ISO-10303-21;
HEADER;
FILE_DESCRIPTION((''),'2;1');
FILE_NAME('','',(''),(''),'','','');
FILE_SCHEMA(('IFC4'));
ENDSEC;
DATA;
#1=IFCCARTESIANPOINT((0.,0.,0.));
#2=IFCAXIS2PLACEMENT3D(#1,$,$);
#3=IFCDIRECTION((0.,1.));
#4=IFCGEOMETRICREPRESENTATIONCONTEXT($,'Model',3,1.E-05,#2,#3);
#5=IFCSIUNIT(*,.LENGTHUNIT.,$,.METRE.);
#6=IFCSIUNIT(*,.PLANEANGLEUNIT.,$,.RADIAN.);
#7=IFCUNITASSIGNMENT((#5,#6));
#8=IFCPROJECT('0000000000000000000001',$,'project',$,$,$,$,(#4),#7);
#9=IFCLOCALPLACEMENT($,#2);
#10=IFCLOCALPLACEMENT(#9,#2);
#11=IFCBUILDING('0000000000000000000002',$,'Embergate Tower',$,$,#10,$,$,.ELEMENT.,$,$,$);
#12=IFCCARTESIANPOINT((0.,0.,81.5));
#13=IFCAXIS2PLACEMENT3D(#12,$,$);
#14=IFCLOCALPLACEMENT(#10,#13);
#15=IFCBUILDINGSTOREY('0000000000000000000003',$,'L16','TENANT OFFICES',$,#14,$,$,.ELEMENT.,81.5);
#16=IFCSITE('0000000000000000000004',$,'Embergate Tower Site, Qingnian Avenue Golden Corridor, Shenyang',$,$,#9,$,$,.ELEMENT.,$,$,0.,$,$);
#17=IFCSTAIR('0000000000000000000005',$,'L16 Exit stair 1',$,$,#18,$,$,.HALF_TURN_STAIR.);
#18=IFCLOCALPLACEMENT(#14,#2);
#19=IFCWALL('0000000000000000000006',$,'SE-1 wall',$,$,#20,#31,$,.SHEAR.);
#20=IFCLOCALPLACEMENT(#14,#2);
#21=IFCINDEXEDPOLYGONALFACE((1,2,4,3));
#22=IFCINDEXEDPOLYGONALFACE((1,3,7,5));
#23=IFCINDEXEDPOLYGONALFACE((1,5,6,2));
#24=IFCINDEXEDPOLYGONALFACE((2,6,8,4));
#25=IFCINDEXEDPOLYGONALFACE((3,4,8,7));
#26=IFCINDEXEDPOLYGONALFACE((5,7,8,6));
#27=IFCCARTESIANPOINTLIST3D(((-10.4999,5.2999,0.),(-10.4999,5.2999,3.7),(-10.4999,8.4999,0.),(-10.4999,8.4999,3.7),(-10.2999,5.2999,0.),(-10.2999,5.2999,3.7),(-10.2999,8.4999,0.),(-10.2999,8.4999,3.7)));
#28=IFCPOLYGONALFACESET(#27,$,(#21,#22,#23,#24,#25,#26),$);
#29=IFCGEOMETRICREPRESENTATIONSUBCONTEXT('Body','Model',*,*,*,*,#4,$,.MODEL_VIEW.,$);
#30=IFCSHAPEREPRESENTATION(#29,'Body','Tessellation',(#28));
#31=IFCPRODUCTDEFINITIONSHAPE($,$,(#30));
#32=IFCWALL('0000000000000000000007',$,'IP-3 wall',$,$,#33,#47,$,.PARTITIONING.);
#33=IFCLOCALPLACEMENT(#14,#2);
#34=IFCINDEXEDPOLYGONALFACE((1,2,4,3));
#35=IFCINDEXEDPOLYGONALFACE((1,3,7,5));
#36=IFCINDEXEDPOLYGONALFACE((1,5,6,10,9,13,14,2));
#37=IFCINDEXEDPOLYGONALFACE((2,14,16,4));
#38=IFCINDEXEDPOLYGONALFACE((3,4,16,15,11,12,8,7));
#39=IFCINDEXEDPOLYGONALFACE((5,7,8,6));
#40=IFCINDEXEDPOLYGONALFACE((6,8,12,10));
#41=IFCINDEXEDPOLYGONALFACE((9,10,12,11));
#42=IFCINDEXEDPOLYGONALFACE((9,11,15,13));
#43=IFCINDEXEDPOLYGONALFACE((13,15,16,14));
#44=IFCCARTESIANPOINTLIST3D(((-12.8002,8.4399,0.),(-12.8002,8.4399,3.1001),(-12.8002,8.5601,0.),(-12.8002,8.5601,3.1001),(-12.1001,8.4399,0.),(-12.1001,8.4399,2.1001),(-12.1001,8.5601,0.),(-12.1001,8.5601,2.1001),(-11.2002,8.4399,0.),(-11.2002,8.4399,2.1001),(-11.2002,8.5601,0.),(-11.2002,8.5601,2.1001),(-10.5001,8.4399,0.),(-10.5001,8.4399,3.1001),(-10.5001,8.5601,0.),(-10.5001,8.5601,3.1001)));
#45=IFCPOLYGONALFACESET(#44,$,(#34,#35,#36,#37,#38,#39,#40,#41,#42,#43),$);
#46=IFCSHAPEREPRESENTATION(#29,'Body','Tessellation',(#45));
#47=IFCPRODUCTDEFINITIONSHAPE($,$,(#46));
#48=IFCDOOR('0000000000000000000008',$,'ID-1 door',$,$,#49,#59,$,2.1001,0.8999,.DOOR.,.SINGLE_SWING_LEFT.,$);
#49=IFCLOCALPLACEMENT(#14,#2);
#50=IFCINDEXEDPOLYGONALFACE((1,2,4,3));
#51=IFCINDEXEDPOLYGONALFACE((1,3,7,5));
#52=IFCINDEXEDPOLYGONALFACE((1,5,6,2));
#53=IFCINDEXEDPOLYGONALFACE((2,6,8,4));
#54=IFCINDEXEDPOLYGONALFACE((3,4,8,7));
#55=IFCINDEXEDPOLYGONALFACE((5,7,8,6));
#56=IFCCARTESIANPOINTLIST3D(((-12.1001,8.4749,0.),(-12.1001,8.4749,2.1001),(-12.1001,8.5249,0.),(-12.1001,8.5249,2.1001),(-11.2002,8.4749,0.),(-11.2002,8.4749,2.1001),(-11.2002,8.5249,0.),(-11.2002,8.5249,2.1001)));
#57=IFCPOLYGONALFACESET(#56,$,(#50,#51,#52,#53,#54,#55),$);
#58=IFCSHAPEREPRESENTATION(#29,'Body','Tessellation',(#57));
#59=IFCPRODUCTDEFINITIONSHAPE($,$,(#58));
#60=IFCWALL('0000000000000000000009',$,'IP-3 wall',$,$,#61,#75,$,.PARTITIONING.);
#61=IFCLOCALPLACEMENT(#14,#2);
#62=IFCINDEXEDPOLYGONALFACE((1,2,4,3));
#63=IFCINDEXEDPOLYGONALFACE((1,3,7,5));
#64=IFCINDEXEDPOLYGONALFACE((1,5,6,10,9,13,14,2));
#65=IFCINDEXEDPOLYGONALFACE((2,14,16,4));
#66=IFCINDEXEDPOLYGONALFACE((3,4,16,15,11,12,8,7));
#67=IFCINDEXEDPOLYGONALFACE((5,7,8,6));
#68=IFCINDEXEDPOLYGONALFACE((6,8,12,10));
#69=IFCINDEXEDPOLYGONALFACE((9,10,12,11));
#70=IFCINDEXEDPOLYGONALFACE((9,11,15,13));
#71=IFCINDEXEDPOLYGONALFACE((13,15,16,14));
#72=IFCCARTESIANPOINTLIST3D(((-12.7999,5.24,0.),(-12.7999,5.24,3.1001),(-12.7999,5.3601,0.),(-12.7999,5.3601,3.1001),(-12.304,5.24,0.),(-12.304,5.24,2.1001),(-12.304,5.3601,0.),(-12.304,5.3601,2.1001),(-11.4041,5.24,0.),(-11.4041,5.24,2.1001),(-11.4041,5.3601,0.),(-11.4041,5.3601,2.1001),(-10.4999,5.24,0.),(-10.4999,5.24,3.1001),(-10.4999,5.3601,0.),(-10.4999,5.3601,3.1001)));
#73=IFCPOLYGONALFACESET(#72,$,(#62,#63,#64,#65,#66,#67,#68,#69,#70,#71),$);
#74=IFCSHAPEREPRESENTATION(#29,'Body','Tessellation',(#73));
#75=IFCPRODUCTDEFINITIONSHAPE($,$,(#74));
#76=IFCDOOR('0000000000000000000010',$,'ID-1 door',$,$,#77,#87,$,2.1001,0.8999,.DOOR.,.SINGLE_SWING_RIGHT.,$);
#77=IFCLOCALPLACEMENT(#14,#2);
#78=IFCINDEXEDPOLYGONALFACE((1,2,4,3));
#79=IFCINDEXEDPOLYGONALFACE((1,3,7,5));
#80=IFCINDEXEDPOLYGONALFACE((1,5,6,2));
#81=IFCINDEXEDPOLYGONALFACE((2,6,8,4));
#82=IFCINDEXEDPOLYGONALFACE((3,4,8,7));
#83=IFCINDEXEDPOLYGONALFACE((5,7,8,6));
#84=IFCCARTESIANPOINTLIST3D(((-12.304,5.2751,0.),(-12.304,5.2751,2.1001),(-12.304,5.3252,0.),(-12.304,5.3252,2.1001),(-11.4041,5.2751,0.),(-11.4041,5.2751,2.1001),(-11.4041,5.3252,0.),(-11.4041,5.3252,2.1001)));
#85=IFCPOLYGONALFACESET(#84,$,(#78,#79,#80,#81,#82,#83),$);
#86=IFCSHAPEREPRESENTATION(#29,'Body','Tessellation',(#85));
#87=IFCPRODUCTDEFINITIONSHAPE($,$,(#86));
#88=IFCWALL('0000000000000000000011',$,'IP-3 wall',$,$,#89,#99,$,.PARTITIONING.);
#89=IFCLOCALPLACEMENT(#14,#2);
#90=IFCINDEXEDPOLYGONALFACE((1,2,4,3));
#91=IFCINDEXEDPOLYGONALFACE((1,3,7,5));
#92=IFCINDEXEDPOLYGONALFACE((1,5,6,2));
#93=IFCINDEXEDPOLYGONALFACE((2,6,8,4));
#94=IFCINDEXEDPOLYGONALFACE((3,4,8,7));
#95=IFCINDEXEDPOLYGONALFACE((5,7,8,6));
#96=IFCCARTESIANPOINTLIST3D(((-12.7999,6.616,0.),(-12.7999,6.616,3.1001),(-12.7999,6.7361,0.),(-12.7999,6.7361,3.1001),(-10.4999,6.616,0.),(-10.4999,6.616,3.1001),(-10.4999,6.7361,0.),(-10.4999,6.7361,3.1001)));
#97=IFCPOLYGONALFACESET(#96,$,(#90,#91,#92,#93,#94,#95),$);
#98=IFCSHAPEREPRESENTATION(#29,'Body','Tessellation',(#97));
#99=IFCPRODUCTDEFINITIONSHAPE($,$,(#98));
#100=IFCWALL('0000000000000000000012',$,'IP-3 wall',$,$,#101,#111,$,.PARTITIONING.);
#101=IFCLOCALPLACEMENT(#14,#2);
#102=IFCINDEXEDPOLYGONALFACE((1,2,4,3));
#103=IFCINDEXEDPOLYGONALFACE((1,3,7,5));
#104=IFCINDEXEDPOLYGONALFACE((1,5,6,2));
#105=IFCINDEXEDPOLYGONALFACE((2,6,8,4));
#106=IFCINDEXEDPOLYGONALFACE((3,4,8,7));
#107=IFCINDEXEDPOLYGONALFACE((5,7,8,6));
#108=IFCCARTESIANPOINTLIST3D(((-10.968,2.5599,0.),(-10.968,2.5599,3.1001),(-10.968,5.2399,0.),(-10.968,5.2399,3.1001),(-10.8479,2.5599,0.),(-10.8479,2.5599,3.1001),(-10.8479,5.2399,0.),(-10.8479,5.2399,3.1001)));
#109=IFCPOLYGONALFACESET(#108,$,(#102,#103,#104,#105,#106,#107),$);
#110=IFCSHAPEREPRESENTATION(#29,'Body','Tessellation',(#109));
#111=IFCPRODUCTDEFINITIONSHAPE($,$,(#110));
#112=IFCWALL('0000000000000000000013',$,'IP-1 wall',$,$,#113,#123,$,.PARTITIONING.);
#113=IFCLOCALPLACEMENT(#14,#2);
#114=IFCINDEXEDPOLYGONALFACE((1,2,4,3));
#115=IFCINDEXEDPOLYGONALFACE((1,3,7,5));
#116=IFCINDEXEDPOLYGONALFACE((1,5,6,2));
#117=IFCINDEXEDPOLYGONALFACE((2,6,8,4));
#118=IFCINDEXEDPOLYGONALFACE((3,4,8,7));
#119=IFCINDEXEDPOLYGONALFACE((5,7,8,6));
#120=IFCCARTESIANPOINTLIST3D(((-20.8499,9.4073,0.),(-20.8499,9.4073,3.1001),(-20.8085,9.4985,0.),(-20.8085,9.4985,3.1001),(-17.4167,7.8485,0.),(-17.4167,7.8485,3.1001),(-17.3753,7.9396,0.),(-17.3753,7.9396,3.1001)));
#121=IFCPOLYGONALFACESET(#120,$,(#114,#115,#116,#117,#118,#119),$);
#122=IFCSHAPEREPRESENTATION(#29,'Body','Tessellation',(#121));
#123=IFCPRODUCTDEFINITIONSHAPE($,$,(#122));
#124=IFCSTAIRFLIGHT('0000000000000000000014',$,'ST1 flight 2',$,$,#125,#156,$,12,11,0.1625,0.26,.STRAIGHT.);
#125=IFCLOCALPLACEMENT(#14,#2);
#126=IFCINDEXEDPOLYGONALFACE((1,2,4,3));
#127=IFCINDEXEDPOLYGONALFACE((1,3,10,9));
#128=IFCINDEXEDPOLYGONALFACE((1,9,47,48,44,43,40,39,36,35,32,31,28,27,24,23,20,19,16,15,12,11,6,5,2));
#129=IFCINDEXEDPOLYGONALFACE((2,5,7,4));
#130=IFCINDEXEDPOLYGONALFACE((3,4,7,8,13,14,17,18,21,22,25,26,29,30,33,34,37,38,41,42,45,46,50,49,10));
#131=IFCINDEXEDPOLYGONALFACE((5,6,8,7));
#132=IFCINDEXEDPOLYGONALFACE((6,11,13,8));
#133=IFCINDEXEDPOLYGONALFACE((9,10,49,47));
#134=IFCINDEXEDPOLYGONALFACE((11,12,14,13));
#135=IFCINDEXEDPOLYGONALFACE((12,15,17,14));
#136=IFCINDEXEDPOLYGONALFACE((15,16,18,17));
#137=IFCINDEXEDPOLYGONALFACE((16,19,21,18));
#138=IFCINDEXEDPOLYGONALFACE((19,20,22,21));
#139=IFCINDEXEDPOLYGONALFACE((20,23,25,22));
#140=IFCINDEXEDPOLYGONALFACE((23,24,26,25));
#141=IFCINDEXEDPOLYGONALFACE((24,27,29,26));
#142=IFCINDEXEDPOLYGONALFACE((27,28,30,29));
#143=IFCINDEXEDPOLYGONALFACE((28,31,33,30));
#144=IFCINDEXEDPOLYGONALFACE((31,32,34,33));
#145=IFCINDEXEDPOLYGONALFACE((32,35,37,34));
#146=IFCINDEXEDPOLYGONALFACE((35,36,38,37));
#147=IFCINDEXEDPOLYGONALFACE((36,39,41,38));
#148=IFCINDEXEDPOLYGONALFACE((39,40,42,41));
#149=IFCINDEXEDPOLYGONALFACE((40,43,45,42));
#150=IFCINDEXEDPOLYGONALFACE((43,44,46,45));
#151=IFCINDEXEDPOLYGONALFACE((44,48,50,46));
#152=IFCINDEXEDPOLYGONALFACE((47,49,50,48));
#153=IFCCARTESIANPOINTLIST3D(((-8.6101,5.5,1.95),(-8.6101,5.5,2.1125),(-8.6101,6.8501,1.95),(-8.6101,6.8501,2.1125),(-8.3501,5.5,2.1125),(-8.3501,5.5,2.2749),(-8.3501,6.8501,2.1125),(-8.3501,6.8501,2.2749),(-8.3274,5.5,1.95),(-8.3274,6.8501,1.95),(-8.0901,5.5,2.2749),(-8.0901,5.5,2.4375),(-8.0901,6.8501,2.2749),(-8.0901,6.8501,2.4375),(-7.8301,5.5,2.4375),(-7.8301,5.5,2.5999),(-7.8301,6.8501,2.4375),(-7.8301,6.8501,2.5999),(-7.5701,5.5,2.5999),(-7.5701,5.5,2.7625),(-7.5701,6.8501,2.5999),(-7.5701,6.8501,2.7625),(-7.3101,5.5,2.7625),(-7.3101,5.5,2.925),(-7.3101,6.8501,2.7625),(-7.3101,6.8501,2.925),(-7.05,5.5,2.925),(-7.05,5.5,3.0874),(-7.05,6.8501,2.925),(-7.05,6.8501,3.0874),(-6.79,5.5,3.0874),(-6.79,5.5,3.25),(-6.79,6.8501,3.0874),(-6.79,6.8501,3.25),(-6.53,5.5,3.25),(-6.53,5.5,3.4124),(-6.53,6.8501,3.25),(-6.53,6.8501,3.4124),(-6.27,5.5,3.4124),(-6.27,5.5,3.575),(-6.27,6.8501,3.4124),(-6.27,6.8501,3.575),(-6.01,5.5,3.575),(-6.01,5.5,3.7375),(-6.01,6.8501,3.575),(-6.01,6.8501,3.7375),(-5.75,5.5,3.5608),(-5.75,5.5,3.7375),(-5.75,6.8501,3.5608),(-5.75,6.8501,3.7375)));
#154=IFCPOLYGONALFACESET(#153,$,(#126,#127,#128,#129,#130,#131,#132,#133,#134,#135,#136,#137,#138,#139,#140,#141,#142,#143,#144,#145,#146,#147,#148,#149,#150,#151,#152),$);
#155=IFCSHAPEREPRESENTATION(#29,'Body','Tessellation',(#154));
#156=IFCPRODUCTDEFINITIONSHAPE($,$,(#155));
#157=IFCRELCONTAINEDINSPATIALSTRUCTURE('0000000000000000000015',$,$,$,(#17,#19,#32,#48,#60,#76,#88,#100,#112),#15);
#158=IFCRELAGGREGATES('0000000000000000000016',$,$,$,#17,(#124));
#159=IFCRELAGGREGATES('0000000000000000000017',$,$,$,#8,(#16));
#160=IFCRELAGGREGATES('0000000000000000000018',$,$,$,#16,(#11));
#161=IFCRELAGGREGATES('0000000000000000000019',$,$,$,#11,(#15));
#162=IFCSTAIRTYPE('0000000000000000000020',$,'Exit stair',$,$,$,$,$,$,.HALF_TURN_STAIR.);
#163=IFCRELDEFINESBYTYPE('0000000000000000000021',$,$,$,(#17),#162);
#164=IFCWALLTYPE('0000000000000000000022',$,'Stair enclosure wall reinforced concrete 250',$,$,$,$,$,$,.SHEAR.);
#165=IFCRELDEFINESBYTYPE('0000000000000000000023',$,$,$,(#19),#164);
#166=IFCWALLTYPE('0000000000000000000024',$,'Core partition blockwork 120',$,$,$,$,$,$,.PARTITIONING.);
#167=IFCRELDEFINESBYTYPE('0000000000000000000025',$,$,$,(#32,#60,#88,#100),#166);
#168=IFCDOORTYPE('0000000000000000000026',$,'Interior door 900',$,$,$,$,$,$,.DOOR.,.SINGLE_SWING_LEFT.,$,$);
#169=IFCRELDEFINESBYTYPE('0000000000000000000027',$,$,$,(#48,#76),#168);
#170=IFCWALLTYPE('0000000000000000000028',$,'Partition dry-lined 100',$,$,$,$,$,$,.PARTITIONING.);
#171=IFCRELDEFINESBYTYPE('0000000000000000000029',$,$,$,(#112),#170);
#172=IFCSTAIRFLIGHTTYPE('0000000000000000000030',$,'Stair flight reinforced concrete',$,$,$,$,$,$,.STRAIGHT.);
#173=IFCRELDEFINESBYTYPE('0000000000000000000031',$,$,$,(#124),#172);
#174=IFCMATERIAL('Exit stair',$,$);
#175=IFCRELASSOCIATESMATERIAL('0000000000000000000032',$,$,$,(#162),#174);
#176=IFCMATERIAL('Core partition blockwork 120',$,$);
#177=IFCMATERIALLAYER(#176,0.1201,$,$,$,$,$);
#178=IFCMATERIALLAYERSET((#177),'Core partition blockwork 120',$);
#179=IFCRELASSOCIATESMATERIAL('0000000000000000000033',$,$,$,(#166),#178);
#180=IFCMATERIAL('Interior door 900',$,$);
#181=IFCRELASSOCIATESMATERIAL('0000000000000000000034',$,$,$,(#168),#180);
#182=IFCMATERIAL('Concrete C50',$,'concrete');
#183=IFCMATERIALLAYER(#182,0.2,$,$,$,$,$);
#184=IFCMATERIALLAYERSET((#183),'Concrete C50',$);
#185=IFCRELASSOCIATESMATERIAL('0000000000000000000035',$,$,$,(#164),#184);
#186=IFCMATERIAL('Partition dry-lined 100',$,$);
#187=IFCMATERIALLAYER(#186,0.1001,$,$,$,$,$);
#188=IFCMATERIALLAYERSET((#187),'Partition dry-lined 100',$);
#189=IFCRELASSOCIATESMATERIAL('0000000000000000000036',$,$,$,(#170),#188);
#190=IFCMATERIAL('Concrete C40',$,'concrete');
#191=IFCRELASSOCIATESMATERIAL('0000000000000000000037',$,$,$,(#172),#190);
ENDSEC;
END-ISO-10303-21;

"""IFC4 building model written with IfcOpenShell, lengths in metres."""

from ifc_helpers import new_model, si_unit, direction, frame, frame_2d, origin, place, context, subcontext, project, spatial, polyline, rectangle, outline, extrude, source, transform, mapped, material, layer, layer_set, type_object, element, fill, aggregate, save


model = new_model("IFC4")

# Units and contexts
model_context = context("Model", 3, precision=1e-05, world=origin(), true_north=direction((0.0, 1.0)))
body_context = subcontext(model_context, "Body", "Model", "MODEL_VIEW")
ifc_project = project(units=[si_unit("LENGTHUNIT", "METRE"), si_unit("PLANEANGLEUNIT", "RADIAN")], contexts=[model_context])

# Site, building, storey
site_placement = place(None, origin())
site = spatial("IfcSite", under=ifc_project, at=site_placement, Name="Embergate Tower Site, Qingnian Avenue Golden Corridor, Shenyang", CompositionType="ELEMENT", RefElevation=0.0)
building_placement = place(site_placement, origin())
building = spatial("IfcBuilding", under=site, at=building_placement, Name="Embergate Tower", CompositionType="ELEMENT")
storey_placement = place(building_placement, frame((0.0, 0.0, 81.5)))
storey = spatial("IfcBuildingStorey", under=building, at=storey_placement, Name="L16", Description="TENANT OFFICES", CompositionType="ELEMENT", Elevation=81.5)

# Stair
ifc_material_1 = material(Name="Exit stair")
stair_type = type_object("IfcStairType", Name="Exit stair", PredefinedType="HALF_TURN_STAIR", material=ifc_material_1)
stair_placement = place(storey_placement, origin())
stair = element("IfcStair", 1, at=stair_placement, inside=storey, type_object=stair_type, Name="L16 Exit stair 1", PredefinedType="HALF_TURN_STAIR")
ifc_material_2 = material(Name="Concrete C40", Category="concrete")

# Shared definitions
ifc_material_3 = material(Name="Core partition blockwork 120")
ifc_layer_1 = layer(ifc_material_3, 0.1201)
ifc_layer_set_1 = layer_set([ifc_layer_1], Name="Core partition blockwork 120")
wall_type_1 = type_object("IfcWallType", Name="Core partition blockwork 120", PredefinedType="PARTITIONING", material=ifc_layer_set_1)
shared_shape_1 = source(origin(), body_context, "Body", "SweptSolid", [
    extrude(rectangle(XDim=0.8999, YDim=2.1001, at=frame_2d((0.45, 1.05))), frame((0.0, 0.0701, 0.0), z_axis=(0.0, -1.0, 0.0), x_axis=(1.0, 0.0, 0.0)), (0.0, 0.0, 1.0), 0.1401),
])
ifc_material_4 = material(Name="Interior door 900")
door_type_1 = type_object("IfcDoorType", Name="Interior door 900", OperationType="SINGLE_SWING_LEFT", PredefinedType="DOOR", material=ifc_material_4)
shared_shape_2 = source(origin(), body_context, "Body", "SweptSolid", [
    extrude(rectangle(XDim=0.8999, YDim=2.1001, at=frame_2d((0.45, 1.05))), frame((0.0, 0.0249, 0.0), z_axis=(0.0, -1.0, 0.0), x_axis=(1.0, 0.0, 0.0)), (0.0, 0.0, 1.0), 0.05),
])

# Shared definitions
ifc_material_5 = material(Name="Concrete C50", Category="concrete")

# Wall
ifc_layer_2 = layer(ifc_material_5, 0.2)
ifc_layer_set_2 = layer_set([ifc_layer_2], Name="Concrete C50")
wall_type_2 = type_object("IfcWallType", Name="Stair enclosure wall reinforced concrete 250", PredefinedType="SHEAR", material=ifc_layer_set_2)
shared_shape_3 = source(origin(), body_context, "Body", "SweptSolid", [
    extrude(rectangle(XDim=3.2, YDim=0.2, at=frame_2d((1.6001, 0.0))), origin(), (0.0, 0.0, 1.0), 3.7),
])
wall_1_placement = place(storey_placement, frame((-10.3999, 8.5, 0.0), z_axis=(0.0, 0.0, 1.0), x_axis=(0.0, -1.0, 0.0)))
element("IfcWall", 2, at=wall_1_placement, inside=storey, type_object=wall_type_2, Name="SE-1 wall", PredefinedType="SHEAR", context=body_context, shape_type="MappedRepresentation", body=[
    mapped(shared_shape_3, transform((0.0, 0.0, 0.0))),
])

# Walls, openings, doors
shared_shape_4 = source(origin(), body_context, "Body", "SweptSolid", [
    extrude(rectangle(XDim=2.3, YDim=0.1201, at=frame_2d((1.1499, 0.0))), origin(), (0.0, 0.0, 1.0), 3.1001),
])
wall_2_placement = place(storey_placement, frame((-12.8, 8.5, 0.0), z_axis=(0.0, 0.0, 1.0), x_axis=(1.0, 0.0, 0.0)))
wall_2 = element("IfcWall", 3, at=wall_2_placement, inside=storey, type_object=wall_type_1, Name="IP-3 wall", PredefinedType="PARTITIONING", context=body_context, shape_type="MappedRepresentation", body=[
    mapped(shared_shape_4, transform((0.0, 0.0, 0.0))),
])
opening_1_placement = place(wall_2_placement, frame((0.7, 0.0, 0.0)))
opening_1 = element("IfcOpeningElement", 4, at=opening_1_placement, cuts=wall_2, PredefinedType="OPENING", context=body_context, shape_type="MappedRepresentation", body=[
    mapped(shared_shape_1, transform((0.0, 0.0, 0.0))),
])
door_1_placement = place(opening_1_placement, origin())
door_1 = element("IfcDoor", 5, at=door_1_placement, inside=storey, type_object=door_type_1, Name="ID-1 door", OperationType="SINGLE_SWING_LEFT", OverallHeight=2.1001, OverallWidth=0.8999, PredefinedType="DOOR", context=body_context, shape_type="MappedRepresentation", body=[
    mapped(shared_shape_2, transform((0.0, 0.0, 0.0))),
])
fill(opening_1, door_1)
wall_3_placement = place(storey_placement, frame((-10.5, 5.3, 0.0), z_axis=(0.0, 0.0, 1.0), x_axis=(-1.0, 0.0, 0.0)))
wall_3 = element("IfcWall", 6, at=wall_3_placement, inside=storey, type_object=wall_type_1, Name="IP-3 wall", PredefinedType="PARTITIONING", context=body_context, shape_type="MappedRepresentation", body=[
    mapped(shared_shape_4, transform((0.0, 0.0, 0.0))),
])
opening_2_placement = place(wall_3_placement, frame((0.9041, 0.0, 0.0)))
opening_2 = element("IfcOpeningElement", 7, at=opening_2_placement, cuts=wall_3, PredefinedType="OPENING", context=body_context, shape_type="MappedRepresentation", body=[
    mapped(shared_shape_1, transform((0.0, 0.0, 0.0))),
])
door_2_placement = place(opening_2_placement, origin())
door_2 = element("IfcDoor", 8, at=door_2_placement, inside=storey, type_object=door_type_1, Name="ID-1 door", OperationType="SINGLE_SWING_RIGHT", OverallHeight=2.1001, OverallWidth=0.8999, PredefinedType="DOOR", context=body_context, shape_type="MappedRepresentation", body=[
    mapped(shared_shape_2, transform((0.0, 0.0, 0.0))),
])
fill(opening_2, door_2)

# Walls
wall_4_placement = place(storey_placement, frame((-10.5, 6.676, 0.0), z_axis=(0.0, 0.0, 1.0), x_axis=(-1.0, 0.0, 0.0)))
element("IfcWall", 9, at=wall_4_placement, inside=storey, type_object=wall_type_1, Name="IP-3 wall", PredefinedType="PARTITIONING", context=body_context, shape_type="MappedRepresentation", body=[
    mapped(shared_shape_4, transform((0.0, 0.0, 0.0))),
])
shared_shape_5 = source(origin(), body_context, "Body", "SweptSolid", [
    extrude(rectangle(XDim=2.6799, YDim=0.1201, at=frame_2d((1.3398, 0.0))), origin(), (0.0, 0.0, 1.0), 3.1001),
])
wall_5_placement = place(storey_placement, frame((-10.908, 2.5601, 0.0), z_axis=(0.0, 0.0, 1.0), x_axis=(0.0, 1.0, 0.0)))
element("IfcWall", 10, at=wall_5_placement, inside=storey, type_object=wall_type_1, Name="IP-3 wall", PredefinedType="PARTITIONING", context=body_context, shape_type="MappedRepresentation", body=[
    mapped(shared_shape_5, transform((0.0, 0.0, 0.0))),
])
ifc_material_6 = material(Name="Partition dry-lined 100")
ifc_layer_3 = layer(ifc_material_6, 0.1001)
ifc_layer_set_3 = layer_set([ifc_layer_3], Name="Partition dry-lined 100")
wall_type_3 = type_object("IfcWallType", Name="Partition dry-lined 100", PredefinedType="PARTITIONING", material=ifc_layer_set_3)
shared_shape_6 = source(origin(), body_context, "Body", "SweptSolid", [
    extrude(rectangle(XDim=3.7705, YDim=0.1001, at=frame_2d((1.8853, 0.0))), origin(), (0.0, 0.0, 1.0), 3.1001),
])
wall_6_placement = place(storey_placement, frame((-17.396, 7.894, 0.0), z_axis=(0.0, 0.0, 1.0), x_axis=(-0.910533, 0.413437, 0.0)))
element("IfcWall", 11, at=wall_6_placement, inside=storey, type_object=wall_type_3, Name="IP-1 wall", PredefinedType="PARTITIONING", context=body_context, shape_type="MappedRepresentation", body=[
    mapped(shared_shape_6, transform((0.0, 0.0, 0.0))),
])

# Stair flight
stair_flight_type = type_object("IfcStairFlightType", Name="Stair flight reinforced concrete", PredefinedType="STRAIGHT", material=ifc_material_2)
shared_shape_7 = source(origin(), body_context, "Body", "SweptSolid", [
    extrude(outline(polyline([(0.0, 0.0), (0.0, 0.1626), (0.26, 0.1626), (0.26, 0.325), (0.52, 0.325), (0.52, 0.4875), (0.78, 0.4875), (0.78, 0.6499), (1.04, 0.6499), (1.04, 0.8125), (1.3, 0.8125), (1.3, 0.9751), (1.5601, 0.9751), (1.5601, 1.1375), (1.8201, 1.1375), (1.8201, 1.3), (2.0801, 1.3), (2.0801, 1.4624), (2.3401, 1.4624), (2.3401, 1.625), (2.6001, 1.625), (2.6001, 1.7876), (2.8601, 1.7876), (2.8601, 1.95), (2.8601, 1.6108), (0.2827, 0.0), (0.0, 0.0)])), frame((0.0, 0.675, 0.0), z_axis=(0.0, -1.0, 0.0), x_axis=(1.0, 0.0, 0.0)), (0.0, 0.0, 1.0), 1.3501),
])
stair_flight_placement = place(storey_placement, frame((-8.6101, 6.175, 1.95), z_axis=(0.0, 0.0, 1.0), x_axis=(1.0, 0.0, 0.0)))
stair_flight = element("IfcStairFlight", 12, at=stair_flight_placement, type_object=stair_flight_type, Name="ST1 flight 2", NumberOfRisers=12, NumberOfTreads=11, PredefinedType="STRAIGHT", RiserHeight=0.1625, TreadLength=0.26, context=body_context, shape_type="MappedRepresentation", body=[
    mapped(shared_shape_7, transform((0.0, 0.0, 0.0))),
])
aggregate(stair, [stair_flight])

save(model, "model.ifc")
